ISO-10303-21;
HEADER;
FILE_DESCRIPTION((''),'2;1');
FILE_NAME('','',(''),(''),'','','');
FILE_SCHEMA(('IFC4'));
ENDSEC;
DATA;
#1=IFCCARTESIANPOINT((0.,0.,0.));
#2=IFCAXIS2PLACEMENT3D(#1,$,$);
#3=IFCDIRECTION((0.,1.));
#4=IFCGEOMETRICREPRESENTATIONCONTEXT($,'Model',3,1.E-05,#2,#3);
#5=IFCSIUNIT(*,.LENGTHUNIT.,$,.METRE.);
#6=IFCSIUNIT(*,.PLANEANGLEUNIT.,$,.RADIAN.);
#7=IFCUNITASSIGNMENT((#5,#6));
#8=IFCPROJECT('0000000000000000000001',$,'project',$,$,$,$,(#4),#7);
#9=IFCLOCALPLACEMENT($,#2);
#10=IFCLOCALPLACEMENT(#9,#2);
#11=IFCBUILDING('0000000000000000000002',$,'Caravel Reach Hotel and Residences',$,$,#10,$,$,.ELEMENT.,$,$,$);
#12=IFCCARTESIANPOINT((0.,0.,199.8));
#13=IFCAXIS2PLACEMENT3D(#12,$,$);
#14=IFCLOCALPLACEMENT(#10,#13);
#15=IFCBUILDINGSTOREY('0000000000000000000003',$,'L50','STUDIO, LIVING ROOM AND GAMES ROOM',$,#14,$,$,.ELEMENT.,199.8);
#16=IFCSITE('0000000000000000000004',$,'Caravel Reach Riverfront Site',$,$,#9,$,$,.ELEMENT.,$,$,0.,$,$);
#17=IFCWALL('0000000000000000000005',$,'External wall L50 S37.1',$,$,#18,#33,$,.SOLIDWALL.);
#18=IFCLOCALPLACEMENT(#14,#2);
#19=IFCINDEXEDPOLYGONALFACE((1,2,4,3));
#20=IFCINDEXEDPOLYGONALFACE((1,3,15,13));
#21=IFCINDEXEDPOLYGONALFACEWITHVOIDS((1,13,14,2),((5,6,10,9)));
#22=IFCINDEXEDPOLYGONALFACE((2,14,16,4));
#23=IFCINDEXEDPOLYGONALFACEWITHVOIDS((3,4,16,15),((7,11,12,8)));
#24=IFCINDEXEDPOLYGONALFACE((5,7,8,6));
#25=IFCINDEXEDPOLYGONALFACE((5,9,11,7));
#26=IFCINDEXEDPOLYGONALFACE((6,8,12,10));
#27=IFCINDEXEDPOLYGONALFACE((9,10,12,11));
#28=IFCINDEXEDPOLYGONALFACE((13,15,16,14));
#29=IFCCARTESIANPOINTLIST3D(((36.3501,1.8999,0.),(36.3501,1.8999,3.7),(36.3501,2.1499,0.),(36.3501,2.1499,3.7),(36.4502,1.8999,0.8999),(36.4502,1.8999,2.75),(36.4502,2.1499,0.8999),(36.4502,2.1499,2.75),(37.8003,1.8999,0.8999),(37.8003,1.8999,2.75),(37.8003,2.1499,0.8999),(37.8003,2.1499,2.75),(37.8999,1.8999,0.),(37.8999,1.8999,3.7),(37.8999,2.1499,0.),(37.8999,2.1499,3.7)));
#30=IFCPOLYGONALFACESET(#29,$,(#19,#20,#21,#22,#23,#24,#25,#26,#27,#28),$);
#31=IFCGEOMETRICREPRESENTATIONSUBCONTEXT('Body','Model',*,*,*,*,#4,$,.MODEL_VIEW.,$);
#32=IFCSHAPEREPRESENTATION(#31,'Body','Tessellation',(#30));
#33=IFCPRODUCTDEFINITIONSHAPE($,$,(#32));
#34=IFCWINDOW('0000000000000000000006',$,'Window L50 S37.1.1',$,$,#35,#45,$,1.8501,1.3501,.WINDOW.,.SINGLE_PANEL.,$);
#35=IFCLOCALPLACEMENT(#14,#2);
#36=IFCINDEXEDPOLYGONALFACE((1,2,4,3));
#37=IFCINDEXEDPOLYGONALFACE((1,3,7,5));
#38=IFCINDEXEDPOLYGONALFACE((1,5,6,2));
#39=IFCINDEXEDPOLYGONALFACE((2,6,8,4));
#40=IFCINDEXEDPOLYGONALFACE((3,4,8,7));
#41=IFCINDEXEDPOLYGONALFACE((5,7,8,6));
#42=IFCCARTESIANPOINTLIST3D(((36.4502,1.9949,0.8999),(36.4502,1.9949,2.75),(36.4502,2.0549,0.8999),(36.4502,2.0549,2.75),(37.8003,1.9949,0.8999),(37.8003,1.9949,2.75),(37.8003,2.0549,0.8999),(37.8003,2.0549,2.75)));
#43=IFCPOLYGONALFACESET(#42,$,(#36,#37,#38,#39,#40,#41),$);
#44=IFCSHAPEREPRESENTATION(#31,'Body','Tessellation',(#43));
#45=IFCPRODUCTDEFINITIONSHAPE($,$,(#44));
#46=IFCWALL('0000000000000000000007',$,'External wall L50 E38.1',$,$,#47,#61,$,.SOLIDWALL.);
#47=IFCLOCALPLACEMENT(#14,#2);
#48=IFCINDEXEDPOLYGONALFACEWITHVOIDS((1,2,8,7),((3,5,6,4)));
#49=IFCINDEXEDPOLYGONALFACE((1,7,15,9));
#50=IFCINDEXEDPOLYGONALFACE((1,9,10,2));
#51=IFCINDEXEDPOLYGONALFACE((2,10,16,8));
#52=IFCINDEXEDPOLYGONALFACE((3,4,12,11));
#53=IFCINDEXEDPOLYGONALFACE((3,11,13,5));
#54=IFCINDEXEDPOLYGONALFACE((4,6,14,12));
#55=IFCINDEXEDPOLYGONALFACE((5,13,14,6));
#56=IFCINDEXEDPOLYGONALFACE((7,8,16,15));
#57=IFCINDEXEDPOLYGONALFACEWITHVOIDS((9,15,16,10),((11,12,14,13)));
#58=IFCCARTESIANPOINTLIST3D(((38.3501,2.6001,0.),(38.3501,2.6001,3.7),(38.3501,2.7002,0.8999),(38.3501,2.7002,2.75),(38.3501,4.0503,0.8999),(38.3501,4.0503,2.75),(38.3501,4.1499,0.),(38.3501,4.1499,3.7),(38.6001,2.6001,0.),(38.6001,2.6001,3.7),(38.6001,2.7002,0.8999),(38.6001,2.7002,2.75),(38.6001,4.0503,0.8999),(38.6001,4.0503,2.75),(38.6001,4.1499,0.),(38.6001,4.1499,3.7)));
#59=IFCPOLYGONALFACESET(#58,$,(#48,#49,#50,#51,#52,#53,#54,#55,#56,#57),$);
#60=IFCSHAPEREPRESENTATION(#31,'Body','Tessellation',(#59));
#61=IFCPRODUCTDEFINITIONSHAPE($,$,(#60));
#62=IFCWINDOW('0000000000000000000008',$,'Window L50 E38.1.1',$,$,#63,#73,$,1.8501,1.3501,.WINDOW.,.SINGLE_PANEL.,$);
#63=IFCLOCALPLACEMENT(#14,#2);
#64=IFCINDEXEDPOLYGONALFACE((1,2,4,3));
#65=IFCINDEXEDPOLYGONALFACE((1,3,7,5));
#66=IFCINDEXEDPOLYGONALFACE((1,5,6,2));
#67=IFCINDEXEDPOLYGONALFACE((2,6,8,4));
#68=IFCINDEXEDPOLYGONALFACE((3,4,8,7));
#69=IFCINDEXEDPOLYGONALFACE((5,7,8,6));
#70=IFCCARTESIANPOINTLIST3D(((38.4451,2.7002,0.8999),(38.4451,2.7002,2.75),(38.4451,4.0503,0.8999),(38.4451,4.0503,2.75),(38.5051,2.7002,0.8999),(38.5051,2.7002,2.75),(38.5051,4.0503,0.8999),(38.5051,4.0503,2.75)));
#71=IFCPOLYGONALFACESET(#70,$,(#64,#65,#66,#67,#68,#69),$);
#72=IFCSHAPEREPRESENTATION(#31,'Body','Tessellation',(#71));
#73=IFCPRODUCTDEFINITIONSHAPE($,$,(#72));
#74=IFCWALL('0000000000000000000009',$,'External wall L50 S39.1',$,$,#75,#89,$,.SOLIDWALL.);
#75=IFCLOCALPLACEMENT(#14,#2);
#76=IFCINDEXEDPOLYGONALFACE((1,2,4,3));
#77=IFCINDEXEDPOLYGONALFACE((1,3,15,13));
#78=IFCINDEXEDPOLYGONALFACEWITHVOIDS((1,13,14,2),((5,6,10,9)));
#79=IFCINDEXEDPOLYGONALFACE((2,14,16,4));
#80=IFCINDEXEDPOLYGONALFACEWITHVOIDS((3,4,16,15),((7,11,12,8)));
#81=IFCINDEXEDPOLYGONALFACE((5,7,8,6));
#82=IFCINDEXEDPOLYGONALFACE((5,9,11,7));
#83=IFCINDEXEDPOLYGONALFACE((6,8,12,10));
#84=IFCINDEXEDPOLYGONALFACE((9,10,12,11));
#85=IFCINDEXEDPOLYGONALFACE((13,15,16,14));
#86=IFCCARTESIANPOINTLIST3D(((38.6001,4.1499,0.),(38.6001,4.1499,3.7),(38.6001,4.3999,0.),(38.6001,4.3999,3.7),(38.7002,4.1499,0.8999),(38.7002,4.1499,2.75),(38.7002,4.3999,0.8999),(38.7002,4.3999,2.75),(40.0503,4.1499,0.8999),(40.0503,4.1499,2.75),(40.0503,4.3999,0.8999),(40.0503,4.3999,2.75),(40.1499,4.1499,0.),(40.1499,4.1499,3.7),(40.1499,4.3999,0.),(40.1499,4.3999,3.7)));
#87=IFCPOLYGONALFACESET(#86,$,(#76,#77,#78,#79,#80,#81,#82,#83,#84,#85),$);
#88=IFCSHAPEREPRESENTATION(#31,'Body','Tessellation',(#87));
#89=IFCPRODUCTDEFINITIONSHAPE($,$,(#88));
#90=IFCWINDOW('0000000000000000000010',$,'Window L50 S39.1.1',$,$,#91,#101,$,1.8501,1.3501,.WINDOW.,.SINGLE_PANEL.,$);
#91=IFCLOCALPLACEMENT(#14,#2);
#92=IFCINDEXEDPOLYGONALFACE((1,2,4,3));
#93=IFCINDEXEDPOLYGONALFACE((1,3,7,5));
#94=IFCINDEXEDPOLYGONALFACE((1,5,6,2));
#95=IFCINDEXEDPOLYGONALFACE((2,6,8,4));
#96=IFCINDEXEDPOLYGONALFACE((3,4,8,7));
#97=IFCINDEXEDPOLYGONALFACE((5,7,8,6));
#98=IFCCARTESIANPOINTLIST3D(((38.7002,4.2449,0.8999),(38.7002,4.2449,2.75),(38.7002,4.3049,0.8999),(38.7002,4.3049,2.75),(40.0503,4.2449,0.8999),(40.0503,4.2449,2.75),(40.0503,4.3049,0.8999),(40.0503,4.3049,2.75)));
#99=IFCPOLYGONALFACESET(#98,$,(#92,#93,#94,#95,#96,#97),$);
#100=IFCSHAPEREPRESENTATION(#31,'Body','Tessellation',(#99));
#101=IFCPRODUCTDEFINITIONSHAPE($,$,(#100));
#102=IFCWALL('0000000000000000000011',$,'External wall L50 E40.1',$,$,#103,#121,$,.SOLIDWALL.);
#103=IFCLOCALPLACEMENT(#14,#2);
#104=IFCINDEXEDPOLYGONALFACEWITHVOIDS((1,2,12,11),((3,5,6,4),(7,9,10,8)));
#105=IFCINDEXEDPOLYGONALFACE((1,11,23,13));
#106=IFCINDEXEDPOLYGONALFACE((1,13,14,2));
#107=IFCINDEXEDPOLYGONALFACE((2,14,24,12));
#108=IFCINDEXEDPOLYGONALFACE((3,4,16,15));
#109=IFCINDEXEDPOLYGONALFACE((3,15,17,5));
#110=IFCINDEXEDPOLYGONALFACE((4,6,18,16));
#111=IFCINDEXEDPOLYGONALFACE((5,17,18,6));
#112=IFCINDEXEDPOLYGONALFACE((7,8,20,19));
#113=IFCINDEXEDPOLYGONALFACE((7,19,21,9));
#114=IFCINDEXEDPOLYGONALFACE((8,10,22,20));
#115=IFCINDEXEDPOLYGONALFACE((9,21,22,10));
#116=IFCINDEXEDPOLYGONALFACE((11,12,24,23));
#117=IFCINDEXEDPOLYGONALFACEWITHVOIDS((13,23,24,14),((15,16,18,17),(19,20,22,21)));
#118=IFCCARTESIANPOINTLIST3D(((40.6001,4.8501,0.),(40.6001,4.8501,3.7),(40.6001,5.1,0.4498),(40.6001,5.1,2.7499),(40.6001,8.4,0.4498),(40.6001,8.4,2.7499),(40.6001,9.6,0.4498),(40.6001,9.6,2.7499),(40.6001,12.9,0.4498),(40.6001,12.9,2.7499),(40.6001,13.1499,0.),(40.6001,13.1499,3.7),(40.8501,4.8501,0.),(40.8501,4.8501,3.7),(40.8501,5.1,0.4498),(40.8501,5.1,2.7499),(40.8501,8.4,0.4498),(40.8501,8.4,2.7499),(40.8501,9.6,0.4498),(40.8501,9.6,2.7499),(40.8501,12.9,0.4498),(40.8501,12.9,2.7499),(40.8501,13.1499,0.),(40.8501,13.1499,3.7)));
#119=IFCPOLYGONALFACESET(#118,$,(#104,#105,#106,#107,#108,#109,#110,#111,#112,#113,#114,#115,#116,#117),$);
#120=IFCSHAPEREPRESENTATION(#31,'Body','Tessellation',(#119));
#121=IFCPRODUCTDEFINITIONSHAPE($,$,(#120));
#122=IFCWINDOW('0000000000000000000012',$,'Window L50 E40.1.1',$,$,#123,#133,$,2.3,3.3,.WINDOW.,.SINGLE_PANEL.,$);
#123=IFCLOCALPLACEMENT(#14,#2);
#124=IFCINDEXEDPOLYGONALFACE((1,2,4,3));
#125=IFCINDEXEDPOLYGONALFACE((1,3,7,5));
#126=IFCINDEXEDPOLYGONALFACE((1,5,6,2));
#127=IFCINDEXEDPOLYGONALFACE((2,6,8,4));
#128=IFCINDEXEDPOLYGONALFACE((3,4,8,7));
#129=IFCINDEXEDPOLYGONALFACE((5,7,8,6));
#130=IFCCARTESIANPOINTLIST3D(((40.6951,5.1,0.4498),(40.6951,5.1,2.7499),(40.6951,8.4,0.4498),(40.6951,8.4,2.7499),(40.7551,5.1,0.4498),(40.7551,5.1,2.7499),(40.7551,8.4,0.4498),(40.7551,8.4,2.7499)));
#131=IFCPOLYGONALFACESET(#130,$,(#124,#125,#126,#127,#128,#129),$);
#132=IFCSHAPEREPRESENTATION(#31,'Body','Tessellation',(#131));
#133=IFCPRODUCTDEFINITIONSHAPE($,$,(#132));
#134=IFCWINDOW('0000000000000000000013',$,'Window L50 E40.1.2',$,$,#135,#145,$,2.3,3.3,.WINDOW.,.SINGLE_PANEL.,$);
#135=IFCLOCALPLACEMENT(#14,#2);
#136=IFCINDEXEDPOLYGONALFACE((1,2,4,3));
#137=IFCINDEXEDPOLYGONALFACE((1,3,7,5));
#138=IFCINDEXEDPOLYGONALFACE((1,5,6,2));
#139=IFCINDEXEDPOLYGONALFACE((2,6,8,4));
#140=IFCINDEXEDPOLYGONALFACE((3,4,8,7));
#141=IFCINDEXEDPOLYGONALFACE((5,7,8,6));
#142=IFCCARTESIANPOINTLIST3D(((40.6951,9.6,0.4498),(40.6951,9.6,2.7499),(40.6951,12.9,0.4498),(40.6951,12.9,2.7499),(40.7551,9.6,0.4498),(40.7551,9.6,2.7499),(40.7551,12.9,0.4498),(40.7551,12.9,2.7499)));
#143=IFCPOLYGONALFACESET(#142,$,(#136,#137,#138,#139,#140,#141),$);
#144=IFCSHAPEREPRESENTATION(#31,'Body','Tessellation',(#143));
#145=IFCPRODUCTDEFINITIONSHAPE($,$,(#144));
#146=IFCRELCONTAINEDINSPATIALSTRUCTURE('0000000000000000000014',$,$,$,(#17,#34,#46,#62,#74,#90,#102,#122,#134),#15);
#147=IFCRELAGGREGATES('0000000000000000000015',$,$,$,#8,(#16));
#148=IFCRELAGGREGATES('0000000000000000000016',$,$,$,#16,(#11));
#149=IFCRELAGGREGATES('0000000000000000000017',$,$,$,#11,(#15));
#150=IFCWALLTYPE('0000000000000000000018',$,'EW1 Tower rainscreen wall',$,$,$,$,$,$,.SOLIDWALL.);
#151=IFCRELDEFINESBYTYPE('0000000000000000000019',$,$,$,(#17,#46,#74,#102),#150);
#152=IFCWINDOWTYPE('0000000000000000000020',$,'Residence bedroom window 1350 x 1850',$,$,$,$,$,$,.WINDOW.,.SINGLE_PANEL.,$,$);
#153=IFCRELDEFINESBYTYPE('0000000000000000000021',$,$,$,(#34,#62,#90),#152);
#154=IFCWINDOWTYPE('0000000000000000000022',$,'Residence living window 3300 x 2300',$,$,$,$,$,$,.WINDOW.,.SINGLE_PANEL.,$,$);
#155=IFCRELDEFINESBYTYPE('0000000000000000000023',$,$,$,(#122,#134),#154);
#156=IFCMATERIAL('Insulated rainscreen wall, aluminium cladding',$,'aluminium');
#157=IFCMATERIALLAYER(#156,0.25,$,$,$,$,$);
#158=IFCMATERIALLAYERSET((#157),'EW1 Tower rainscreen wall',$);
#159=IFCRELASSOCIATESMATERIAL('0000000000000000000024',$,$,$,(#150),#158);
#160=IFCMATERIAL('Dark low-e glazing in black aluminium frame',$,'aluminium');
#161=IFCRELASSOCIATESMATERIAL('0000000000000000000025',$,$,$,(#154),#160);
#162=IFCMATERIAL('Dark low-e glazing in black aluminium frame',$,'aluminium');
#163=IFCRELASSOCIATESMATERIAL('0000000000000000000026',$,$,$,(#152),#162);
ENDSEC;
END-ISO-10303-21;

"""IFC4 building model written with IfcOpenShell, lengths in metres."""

from ifc_helpers import new_model, si_unit, direction, frame, frame_2d, origin, place, context, subcontext, project, spatial, rectangle, extrude, material, layer, layer_set, type_object, element, fill, save


model = new_model("IFC4")

# Units and contexts
model_context = context("Model", 3, precision=1e-05, world=origin(), true_north=direction((0.0, 1.0)))
body_context = subcontext(model_context, "Body", "Model", "MODEL_VIEW")
ifc_project = project(units=[si_unit("LENGTHUNIT", "METRE"), si_unit("PLANEANGLEUNIT", "RADIAN")], contexts=[model_context])

# Site, building, storey
site_placement = place(None, origin())
site = spatial("IfcSite", under=ifc_project, at=site_placement, Name="Caravel Reach Riverfront Site", CompositionType="ELEMENT", RefElevation=0.0)
building_placement = place(site_placement, origin())
building = spatial("IfcBuilding", under=site, at=building_placement, Name="Caravel Reach Hotel and Residences", CompositionType="ELEMENT")
storey_placement = place(building_placement, frame((0.0, 0.0, 199.8)))
storey = spatial("IfcBuildingStorey", under=building, at=storey_placement, Name="L50", Description="STUDIO, LIVING ROOM AND GAMES ROOM", CompositionType="ELEMENT", Elevation=199.8)

# Walls, openings, windows
ifc_material_1 = material(Name="Insulated rainscreen wall, aluminium cladding", Category="aluminium")
ifc_layer_1 = layer(ifc_material_1, 0.25)
ifc_layer_set_1 = layer_set([ifc_layer_1], Name="EW1 Tower rainscreen wall")
wall_type_1 = type_object("IfcWallType", Name="EW1 Tower rainscreen wall", PredefinedType="SOLIDWALL", material=ifc_layer_set_1)
ifc_material_2 = material(Name="Dark low-e glazing in black aluminium frame", Category="aluminium")
window_type_1 = type_object("IfcWindowType", Name="Residence living window 3300 x 2300", PartitioningType="SINGLE_PANEL", PredefinedType="WINDOW", material=ifc_material_2)
ifc_material_3 = material(Name="Dark low-e glazing in black aluminium frame", Category="aluminium")
window_type_2 = type_object("IfcWindowType", Name="Residence bedroom window 1350 x 1850", PartitioningType="SINGLE_PANEL", PredefinedType="WINDOW", material=ifc_material_3)
wall_1_placement = place(storey_placement, frame((36.3501, 2.0249, 0.0), z_axis=(0.0, 0.0, 1.0), x_axis=(1.0, 0.0, 0.0)))
wall_1 = element("IfcWall", 1, at=wall_1_placement, inside=storey, type_object=wall_type_1, Name="External wall L50 S37.1", PredefinedType="SOLIDWALL", context=body_context, shape_type="SweptSolid", body=[
    extrude(rectangle(XDim=1.5498, YDim=0.25, at=frame_2d((0.7749, 0.0))), origin(), (0.0, 0.0, 1.0), 3.7),
])
opening_1_placement = place(wall_1_placement, frame((0.1001, 0.0, 0.8999)))
opening_1 = element("IfcOpeningElement", 2, at=opening_1_placement, cuts=wall_1, PredefinedType="OPENING", context=body_context, shape_type="SweptSolid", body=[
    extrude(rectangle(XDim=1.3501, YDim=1.8501, at=frame_2d((0.675, 0.925))), frame((0.0, 0.135, 0.0), z_axis=(0.0, -1.0, 0.0), x_axis=(1.0, 0.0, 0.0)), (0.0, 0.0, 1.0), 0.27),
])
window_1_placement = place(opening_1_placement, origin())
window_1 = element("IfcWindow", 3, at=window_1_placement, inside=storey, type_object=window_type_2, Name="Window L50 S37.1.1", OverallHeight=1.8501, OverallWidth=1.3501, PartitioningType="SINGLE_PANEL", PredefinedType="WINDOW", context=body_context, shape_type="SweptSolid", body=[
    extrude(rectangle(XDim=1.3501, YDim=1.8501, at=frame_2d((0.675, 0.925))), frame((0.0, 0.03, 0.0), z_axis=(0.0, -1.0, 0.0), x_axis=(1.0, 0.0, 0.0)), (0.0, 0.0, 1.0), 0.0601),
])
fill(opening_1, window_1)
wall_2_placement = place(storey_placement, frame((38.4751, 2.6001, 0.0), z_axis=(0.0, 0.0, 1.0), x_axis=(0.0, 1.0, 0.0)))
wall_2 = element("IfcWall", 4, at=wall_2_placement, inside=storey, type_object=wall_type_1, Name="External wall L50 E38.1", PredefinedType="SOLIDWALL", context=body_context, shape_type="SweptSolid", body=[
    extrude(rectangle(XDim=1.5498, YDim=0.25, at=frame_2d((0.7749, 0.0))), origin(), (0.0, 0.0, 1.0), 3.7),
])
opening_2_placement = place(wall_2_placement, frame((0.1001, 0.0, 0.8999)))
opening_2 = element("IfcOpeningElement", 5, at=opening_2_placement, cuts=wall_2, PredefinedType="OPENING", context=body_context, shape_type="SweptSolid", body=[
    extrude(rectangle(XDim=1.3501, YDim=1.8501, at=frame_2d((0.675, 0.925))), frame((0.0, 0.135, 0.0), z_axis=(0.0, -1.0, 0.0), x_axis=(1.0, 0.0, 0.0)), (0.0, 0.0, 1.0), 0.27),
])
window_2_placement = place(opening_2_placement, origin())
window_2 = element("IfcWindow", 6, at=window_2_placement, inside=storey, type_object=window_type_2, Name="Window L50 E38.1.1", OverallHeight=1.8501, OverallWidth=1.3501, PartitioningType="SINGLE_PANEL", PredefinedType="WINDOW", context=body_context, shape_type="SweptSolid", body=[
    extrude(rectangle(XDim=1.3501, YDim=1.8501, at=frame_2d((0.675, 0.925))), frame((0.0, 0.03, 0.0), z_axis=(0.0, -1.0, 0.0), x_axis=(1.0, 0.0, 0.0)), (0.0, 0.0, 1.0), 0.0601),
])
fill(opening_2, window_2)
wall_3_placement = place(storey_placement, frame((38.6001, 4.2749, 0.0), z_axis=(0.0, 0.0, 1.0), x_axis=(1.0, 0.0, 0.0)))
wall_3 = element("IfcWall", 7, at=wall_3_placement, inside=storey, type_object=wall_type_1, Name="External wall L50 S39.1", PredefinedType="SOLIDWALL", context=body_context, shape_type="SweptSolid", body=[
    extrude(rectangle(XDim=1.5498, YDim=0.25, at=frame_2d((0.7749, 0.0))), origin(), (0.0, 0.0, 1.0), 3.7),
])
opening_3_placement = place(wall_3_placement, frame((0.1001, 0.0, 0.8999)))
opening_3 = element("IfcOpeningElement", 8, at=opening_3_placement, cuts=wall_3, PredefinedType="OPENING", context=body_context, shape_type="SweptSolid", body=[
    extrude(rectangle(XDim=1.3501, YDim=1.8501, at=frame_2d((0.675, 0.925))), frame((0.0, 0.135, 0.0), z_axis=(0.0, -1.0, 0.0), x_axis=(1.0, 0.0, 0.0)), (0.0, 0.0, 1.0), 0.27),
])
window_3_placement = place(opening_3_placement, origin())
window_3 = element("IfcWindow", 9, at=window_3_placement, inside=storey, type_object=window_type_2, Name="Window L50 S39.1.1", OverallHeight=1.8501, OverallWidth=1.3501, PartitioningType="SINGLE_PANEL", PredefinedType="WINDOW", context=body_context, shape_type="SweptSolid", body=[
    extrude(rectangle(XDim=1.3501, YDim=1.8501, at=frame_2d((0.675, 0.925))), frame((0.0, 0.03, 0.0), z_axis=(0.0, -1.0, 0.0), x_axis=(1.0, 0.0, 0.0)), (0.0, 0.0, 1.0), 0.0601),
])
fill(opening_3, window_3)

# Wall, openings, windows
wall_4_placement = place(storey_placement, frame((40.7251, 4.8501, 0.0), z_axis=(0.0, 0.0, 1.0), x_axis=(0.0, 1.0, 0.0)))
wall_4 = element("IfcWall", 10, at=wall_4_placement, inside=storey, type_object=wall_type_1, Name="External wall L50 E40.1", PredefinedType="SOLIDWALL", context=body_context, shape_type="SweptSolid", body=[
    extrude(rectangle(XDim=8.2998, YDim=0.25, at=frame_2d((4.1499, 0.0))), origin(), (0.0, 0.0, 1.0), 3.7),
])
opening_4_placement = place(wall_4_placement, frame((0.25, 0.0, 0.45)))
opening_4 = element("IfcOpeningElement", 11, at=opening_4_placement, cuts=wall_4, PredefinedType="OPENING", context=body_context, shape_type="SweptSolid", body=[
    extrude(rectangle(XDim=3.3, YDim=2.3, at=frame_2d((1.6499, 1.1499))), frame((0.0, 0.135, 0.0), z_axis=(0.0, -1.0, 0.0), x_axis=(1.0, 0.0, 0.0)), (0.0, 0.0, 1.0), 0.27),
])
opening_5_placement = place(wall_4_placement, frame((4.75, 0.0, 0.45)))
opening_5 = element("IfcOpeningElement", 12, at=opening_5_placement, cuts=wall_4, PredefinedType="OPENING", context=body_context, shape_type="SweptSolid", body=[
    extrude(rectangle(XDim=3.3, YDim=2.3, at=frame_2d((1.6499, 1.1499))), frame((0.0, 0.135, 0.0), z_axis=(0.0, -1.0, 0.0), x_axis=(1.0, 0.0, 0.0)), (0.0, 0.0, 1.0), 0.27),
])
window_4_placement = place(opening_4_placement, origin())
window_4 = element("IfcWindow", 13, at=window_4_placement, inside=storey, type_object=window_type_1, Name="Window L50 E40.1.1", OverallHeight=2.3, OverallWidth=3.3, PartitioningType="SINGLE_PANEL", PredefinedType="WINDOW", context=body_context, shape_type="SweptSolid", body=[
    extrude(rectangle(XDim=3.3, YDim=2.3, at=frame_2d((1.6499, 1.1499))), frame((0.0, 0.03, 0.0), z_axis=(0.0, -1.0, 0.0), x_axis=(1.0, 0.0, 0.0)), (0.0, 0.0, 1.0), 0.0601),
])
fill(opening_4, window_4)
window_5_placement = place(opening_5_placement, origin())
window_5 = element("IfcWindow", 14, at=window_5_placement, inside=storey, type_object=window_type_1, Name="Window L50 E40.1.2", OverallHeight=2.3, OverallWidth=3.3, PartitioningType="SINGLE_PANEL", PredefinedType="WINDOW", context=body_context, shape_type="SweptSolid", body=[
    extrude(rectangle(XDim=3.3, YDim=2.3, at=frame_2d((1.6499, 1.1499))), frame((0.0, 0.03, 0.0), z_axis=(0.0, -1.0, 0.0), x_axis=(1.0, 0.0, 0.0)), (0.0, 0.0, 1.0), 0.0601),
])
fill(opening_5, window_5)

save(model, "model.ifc")
